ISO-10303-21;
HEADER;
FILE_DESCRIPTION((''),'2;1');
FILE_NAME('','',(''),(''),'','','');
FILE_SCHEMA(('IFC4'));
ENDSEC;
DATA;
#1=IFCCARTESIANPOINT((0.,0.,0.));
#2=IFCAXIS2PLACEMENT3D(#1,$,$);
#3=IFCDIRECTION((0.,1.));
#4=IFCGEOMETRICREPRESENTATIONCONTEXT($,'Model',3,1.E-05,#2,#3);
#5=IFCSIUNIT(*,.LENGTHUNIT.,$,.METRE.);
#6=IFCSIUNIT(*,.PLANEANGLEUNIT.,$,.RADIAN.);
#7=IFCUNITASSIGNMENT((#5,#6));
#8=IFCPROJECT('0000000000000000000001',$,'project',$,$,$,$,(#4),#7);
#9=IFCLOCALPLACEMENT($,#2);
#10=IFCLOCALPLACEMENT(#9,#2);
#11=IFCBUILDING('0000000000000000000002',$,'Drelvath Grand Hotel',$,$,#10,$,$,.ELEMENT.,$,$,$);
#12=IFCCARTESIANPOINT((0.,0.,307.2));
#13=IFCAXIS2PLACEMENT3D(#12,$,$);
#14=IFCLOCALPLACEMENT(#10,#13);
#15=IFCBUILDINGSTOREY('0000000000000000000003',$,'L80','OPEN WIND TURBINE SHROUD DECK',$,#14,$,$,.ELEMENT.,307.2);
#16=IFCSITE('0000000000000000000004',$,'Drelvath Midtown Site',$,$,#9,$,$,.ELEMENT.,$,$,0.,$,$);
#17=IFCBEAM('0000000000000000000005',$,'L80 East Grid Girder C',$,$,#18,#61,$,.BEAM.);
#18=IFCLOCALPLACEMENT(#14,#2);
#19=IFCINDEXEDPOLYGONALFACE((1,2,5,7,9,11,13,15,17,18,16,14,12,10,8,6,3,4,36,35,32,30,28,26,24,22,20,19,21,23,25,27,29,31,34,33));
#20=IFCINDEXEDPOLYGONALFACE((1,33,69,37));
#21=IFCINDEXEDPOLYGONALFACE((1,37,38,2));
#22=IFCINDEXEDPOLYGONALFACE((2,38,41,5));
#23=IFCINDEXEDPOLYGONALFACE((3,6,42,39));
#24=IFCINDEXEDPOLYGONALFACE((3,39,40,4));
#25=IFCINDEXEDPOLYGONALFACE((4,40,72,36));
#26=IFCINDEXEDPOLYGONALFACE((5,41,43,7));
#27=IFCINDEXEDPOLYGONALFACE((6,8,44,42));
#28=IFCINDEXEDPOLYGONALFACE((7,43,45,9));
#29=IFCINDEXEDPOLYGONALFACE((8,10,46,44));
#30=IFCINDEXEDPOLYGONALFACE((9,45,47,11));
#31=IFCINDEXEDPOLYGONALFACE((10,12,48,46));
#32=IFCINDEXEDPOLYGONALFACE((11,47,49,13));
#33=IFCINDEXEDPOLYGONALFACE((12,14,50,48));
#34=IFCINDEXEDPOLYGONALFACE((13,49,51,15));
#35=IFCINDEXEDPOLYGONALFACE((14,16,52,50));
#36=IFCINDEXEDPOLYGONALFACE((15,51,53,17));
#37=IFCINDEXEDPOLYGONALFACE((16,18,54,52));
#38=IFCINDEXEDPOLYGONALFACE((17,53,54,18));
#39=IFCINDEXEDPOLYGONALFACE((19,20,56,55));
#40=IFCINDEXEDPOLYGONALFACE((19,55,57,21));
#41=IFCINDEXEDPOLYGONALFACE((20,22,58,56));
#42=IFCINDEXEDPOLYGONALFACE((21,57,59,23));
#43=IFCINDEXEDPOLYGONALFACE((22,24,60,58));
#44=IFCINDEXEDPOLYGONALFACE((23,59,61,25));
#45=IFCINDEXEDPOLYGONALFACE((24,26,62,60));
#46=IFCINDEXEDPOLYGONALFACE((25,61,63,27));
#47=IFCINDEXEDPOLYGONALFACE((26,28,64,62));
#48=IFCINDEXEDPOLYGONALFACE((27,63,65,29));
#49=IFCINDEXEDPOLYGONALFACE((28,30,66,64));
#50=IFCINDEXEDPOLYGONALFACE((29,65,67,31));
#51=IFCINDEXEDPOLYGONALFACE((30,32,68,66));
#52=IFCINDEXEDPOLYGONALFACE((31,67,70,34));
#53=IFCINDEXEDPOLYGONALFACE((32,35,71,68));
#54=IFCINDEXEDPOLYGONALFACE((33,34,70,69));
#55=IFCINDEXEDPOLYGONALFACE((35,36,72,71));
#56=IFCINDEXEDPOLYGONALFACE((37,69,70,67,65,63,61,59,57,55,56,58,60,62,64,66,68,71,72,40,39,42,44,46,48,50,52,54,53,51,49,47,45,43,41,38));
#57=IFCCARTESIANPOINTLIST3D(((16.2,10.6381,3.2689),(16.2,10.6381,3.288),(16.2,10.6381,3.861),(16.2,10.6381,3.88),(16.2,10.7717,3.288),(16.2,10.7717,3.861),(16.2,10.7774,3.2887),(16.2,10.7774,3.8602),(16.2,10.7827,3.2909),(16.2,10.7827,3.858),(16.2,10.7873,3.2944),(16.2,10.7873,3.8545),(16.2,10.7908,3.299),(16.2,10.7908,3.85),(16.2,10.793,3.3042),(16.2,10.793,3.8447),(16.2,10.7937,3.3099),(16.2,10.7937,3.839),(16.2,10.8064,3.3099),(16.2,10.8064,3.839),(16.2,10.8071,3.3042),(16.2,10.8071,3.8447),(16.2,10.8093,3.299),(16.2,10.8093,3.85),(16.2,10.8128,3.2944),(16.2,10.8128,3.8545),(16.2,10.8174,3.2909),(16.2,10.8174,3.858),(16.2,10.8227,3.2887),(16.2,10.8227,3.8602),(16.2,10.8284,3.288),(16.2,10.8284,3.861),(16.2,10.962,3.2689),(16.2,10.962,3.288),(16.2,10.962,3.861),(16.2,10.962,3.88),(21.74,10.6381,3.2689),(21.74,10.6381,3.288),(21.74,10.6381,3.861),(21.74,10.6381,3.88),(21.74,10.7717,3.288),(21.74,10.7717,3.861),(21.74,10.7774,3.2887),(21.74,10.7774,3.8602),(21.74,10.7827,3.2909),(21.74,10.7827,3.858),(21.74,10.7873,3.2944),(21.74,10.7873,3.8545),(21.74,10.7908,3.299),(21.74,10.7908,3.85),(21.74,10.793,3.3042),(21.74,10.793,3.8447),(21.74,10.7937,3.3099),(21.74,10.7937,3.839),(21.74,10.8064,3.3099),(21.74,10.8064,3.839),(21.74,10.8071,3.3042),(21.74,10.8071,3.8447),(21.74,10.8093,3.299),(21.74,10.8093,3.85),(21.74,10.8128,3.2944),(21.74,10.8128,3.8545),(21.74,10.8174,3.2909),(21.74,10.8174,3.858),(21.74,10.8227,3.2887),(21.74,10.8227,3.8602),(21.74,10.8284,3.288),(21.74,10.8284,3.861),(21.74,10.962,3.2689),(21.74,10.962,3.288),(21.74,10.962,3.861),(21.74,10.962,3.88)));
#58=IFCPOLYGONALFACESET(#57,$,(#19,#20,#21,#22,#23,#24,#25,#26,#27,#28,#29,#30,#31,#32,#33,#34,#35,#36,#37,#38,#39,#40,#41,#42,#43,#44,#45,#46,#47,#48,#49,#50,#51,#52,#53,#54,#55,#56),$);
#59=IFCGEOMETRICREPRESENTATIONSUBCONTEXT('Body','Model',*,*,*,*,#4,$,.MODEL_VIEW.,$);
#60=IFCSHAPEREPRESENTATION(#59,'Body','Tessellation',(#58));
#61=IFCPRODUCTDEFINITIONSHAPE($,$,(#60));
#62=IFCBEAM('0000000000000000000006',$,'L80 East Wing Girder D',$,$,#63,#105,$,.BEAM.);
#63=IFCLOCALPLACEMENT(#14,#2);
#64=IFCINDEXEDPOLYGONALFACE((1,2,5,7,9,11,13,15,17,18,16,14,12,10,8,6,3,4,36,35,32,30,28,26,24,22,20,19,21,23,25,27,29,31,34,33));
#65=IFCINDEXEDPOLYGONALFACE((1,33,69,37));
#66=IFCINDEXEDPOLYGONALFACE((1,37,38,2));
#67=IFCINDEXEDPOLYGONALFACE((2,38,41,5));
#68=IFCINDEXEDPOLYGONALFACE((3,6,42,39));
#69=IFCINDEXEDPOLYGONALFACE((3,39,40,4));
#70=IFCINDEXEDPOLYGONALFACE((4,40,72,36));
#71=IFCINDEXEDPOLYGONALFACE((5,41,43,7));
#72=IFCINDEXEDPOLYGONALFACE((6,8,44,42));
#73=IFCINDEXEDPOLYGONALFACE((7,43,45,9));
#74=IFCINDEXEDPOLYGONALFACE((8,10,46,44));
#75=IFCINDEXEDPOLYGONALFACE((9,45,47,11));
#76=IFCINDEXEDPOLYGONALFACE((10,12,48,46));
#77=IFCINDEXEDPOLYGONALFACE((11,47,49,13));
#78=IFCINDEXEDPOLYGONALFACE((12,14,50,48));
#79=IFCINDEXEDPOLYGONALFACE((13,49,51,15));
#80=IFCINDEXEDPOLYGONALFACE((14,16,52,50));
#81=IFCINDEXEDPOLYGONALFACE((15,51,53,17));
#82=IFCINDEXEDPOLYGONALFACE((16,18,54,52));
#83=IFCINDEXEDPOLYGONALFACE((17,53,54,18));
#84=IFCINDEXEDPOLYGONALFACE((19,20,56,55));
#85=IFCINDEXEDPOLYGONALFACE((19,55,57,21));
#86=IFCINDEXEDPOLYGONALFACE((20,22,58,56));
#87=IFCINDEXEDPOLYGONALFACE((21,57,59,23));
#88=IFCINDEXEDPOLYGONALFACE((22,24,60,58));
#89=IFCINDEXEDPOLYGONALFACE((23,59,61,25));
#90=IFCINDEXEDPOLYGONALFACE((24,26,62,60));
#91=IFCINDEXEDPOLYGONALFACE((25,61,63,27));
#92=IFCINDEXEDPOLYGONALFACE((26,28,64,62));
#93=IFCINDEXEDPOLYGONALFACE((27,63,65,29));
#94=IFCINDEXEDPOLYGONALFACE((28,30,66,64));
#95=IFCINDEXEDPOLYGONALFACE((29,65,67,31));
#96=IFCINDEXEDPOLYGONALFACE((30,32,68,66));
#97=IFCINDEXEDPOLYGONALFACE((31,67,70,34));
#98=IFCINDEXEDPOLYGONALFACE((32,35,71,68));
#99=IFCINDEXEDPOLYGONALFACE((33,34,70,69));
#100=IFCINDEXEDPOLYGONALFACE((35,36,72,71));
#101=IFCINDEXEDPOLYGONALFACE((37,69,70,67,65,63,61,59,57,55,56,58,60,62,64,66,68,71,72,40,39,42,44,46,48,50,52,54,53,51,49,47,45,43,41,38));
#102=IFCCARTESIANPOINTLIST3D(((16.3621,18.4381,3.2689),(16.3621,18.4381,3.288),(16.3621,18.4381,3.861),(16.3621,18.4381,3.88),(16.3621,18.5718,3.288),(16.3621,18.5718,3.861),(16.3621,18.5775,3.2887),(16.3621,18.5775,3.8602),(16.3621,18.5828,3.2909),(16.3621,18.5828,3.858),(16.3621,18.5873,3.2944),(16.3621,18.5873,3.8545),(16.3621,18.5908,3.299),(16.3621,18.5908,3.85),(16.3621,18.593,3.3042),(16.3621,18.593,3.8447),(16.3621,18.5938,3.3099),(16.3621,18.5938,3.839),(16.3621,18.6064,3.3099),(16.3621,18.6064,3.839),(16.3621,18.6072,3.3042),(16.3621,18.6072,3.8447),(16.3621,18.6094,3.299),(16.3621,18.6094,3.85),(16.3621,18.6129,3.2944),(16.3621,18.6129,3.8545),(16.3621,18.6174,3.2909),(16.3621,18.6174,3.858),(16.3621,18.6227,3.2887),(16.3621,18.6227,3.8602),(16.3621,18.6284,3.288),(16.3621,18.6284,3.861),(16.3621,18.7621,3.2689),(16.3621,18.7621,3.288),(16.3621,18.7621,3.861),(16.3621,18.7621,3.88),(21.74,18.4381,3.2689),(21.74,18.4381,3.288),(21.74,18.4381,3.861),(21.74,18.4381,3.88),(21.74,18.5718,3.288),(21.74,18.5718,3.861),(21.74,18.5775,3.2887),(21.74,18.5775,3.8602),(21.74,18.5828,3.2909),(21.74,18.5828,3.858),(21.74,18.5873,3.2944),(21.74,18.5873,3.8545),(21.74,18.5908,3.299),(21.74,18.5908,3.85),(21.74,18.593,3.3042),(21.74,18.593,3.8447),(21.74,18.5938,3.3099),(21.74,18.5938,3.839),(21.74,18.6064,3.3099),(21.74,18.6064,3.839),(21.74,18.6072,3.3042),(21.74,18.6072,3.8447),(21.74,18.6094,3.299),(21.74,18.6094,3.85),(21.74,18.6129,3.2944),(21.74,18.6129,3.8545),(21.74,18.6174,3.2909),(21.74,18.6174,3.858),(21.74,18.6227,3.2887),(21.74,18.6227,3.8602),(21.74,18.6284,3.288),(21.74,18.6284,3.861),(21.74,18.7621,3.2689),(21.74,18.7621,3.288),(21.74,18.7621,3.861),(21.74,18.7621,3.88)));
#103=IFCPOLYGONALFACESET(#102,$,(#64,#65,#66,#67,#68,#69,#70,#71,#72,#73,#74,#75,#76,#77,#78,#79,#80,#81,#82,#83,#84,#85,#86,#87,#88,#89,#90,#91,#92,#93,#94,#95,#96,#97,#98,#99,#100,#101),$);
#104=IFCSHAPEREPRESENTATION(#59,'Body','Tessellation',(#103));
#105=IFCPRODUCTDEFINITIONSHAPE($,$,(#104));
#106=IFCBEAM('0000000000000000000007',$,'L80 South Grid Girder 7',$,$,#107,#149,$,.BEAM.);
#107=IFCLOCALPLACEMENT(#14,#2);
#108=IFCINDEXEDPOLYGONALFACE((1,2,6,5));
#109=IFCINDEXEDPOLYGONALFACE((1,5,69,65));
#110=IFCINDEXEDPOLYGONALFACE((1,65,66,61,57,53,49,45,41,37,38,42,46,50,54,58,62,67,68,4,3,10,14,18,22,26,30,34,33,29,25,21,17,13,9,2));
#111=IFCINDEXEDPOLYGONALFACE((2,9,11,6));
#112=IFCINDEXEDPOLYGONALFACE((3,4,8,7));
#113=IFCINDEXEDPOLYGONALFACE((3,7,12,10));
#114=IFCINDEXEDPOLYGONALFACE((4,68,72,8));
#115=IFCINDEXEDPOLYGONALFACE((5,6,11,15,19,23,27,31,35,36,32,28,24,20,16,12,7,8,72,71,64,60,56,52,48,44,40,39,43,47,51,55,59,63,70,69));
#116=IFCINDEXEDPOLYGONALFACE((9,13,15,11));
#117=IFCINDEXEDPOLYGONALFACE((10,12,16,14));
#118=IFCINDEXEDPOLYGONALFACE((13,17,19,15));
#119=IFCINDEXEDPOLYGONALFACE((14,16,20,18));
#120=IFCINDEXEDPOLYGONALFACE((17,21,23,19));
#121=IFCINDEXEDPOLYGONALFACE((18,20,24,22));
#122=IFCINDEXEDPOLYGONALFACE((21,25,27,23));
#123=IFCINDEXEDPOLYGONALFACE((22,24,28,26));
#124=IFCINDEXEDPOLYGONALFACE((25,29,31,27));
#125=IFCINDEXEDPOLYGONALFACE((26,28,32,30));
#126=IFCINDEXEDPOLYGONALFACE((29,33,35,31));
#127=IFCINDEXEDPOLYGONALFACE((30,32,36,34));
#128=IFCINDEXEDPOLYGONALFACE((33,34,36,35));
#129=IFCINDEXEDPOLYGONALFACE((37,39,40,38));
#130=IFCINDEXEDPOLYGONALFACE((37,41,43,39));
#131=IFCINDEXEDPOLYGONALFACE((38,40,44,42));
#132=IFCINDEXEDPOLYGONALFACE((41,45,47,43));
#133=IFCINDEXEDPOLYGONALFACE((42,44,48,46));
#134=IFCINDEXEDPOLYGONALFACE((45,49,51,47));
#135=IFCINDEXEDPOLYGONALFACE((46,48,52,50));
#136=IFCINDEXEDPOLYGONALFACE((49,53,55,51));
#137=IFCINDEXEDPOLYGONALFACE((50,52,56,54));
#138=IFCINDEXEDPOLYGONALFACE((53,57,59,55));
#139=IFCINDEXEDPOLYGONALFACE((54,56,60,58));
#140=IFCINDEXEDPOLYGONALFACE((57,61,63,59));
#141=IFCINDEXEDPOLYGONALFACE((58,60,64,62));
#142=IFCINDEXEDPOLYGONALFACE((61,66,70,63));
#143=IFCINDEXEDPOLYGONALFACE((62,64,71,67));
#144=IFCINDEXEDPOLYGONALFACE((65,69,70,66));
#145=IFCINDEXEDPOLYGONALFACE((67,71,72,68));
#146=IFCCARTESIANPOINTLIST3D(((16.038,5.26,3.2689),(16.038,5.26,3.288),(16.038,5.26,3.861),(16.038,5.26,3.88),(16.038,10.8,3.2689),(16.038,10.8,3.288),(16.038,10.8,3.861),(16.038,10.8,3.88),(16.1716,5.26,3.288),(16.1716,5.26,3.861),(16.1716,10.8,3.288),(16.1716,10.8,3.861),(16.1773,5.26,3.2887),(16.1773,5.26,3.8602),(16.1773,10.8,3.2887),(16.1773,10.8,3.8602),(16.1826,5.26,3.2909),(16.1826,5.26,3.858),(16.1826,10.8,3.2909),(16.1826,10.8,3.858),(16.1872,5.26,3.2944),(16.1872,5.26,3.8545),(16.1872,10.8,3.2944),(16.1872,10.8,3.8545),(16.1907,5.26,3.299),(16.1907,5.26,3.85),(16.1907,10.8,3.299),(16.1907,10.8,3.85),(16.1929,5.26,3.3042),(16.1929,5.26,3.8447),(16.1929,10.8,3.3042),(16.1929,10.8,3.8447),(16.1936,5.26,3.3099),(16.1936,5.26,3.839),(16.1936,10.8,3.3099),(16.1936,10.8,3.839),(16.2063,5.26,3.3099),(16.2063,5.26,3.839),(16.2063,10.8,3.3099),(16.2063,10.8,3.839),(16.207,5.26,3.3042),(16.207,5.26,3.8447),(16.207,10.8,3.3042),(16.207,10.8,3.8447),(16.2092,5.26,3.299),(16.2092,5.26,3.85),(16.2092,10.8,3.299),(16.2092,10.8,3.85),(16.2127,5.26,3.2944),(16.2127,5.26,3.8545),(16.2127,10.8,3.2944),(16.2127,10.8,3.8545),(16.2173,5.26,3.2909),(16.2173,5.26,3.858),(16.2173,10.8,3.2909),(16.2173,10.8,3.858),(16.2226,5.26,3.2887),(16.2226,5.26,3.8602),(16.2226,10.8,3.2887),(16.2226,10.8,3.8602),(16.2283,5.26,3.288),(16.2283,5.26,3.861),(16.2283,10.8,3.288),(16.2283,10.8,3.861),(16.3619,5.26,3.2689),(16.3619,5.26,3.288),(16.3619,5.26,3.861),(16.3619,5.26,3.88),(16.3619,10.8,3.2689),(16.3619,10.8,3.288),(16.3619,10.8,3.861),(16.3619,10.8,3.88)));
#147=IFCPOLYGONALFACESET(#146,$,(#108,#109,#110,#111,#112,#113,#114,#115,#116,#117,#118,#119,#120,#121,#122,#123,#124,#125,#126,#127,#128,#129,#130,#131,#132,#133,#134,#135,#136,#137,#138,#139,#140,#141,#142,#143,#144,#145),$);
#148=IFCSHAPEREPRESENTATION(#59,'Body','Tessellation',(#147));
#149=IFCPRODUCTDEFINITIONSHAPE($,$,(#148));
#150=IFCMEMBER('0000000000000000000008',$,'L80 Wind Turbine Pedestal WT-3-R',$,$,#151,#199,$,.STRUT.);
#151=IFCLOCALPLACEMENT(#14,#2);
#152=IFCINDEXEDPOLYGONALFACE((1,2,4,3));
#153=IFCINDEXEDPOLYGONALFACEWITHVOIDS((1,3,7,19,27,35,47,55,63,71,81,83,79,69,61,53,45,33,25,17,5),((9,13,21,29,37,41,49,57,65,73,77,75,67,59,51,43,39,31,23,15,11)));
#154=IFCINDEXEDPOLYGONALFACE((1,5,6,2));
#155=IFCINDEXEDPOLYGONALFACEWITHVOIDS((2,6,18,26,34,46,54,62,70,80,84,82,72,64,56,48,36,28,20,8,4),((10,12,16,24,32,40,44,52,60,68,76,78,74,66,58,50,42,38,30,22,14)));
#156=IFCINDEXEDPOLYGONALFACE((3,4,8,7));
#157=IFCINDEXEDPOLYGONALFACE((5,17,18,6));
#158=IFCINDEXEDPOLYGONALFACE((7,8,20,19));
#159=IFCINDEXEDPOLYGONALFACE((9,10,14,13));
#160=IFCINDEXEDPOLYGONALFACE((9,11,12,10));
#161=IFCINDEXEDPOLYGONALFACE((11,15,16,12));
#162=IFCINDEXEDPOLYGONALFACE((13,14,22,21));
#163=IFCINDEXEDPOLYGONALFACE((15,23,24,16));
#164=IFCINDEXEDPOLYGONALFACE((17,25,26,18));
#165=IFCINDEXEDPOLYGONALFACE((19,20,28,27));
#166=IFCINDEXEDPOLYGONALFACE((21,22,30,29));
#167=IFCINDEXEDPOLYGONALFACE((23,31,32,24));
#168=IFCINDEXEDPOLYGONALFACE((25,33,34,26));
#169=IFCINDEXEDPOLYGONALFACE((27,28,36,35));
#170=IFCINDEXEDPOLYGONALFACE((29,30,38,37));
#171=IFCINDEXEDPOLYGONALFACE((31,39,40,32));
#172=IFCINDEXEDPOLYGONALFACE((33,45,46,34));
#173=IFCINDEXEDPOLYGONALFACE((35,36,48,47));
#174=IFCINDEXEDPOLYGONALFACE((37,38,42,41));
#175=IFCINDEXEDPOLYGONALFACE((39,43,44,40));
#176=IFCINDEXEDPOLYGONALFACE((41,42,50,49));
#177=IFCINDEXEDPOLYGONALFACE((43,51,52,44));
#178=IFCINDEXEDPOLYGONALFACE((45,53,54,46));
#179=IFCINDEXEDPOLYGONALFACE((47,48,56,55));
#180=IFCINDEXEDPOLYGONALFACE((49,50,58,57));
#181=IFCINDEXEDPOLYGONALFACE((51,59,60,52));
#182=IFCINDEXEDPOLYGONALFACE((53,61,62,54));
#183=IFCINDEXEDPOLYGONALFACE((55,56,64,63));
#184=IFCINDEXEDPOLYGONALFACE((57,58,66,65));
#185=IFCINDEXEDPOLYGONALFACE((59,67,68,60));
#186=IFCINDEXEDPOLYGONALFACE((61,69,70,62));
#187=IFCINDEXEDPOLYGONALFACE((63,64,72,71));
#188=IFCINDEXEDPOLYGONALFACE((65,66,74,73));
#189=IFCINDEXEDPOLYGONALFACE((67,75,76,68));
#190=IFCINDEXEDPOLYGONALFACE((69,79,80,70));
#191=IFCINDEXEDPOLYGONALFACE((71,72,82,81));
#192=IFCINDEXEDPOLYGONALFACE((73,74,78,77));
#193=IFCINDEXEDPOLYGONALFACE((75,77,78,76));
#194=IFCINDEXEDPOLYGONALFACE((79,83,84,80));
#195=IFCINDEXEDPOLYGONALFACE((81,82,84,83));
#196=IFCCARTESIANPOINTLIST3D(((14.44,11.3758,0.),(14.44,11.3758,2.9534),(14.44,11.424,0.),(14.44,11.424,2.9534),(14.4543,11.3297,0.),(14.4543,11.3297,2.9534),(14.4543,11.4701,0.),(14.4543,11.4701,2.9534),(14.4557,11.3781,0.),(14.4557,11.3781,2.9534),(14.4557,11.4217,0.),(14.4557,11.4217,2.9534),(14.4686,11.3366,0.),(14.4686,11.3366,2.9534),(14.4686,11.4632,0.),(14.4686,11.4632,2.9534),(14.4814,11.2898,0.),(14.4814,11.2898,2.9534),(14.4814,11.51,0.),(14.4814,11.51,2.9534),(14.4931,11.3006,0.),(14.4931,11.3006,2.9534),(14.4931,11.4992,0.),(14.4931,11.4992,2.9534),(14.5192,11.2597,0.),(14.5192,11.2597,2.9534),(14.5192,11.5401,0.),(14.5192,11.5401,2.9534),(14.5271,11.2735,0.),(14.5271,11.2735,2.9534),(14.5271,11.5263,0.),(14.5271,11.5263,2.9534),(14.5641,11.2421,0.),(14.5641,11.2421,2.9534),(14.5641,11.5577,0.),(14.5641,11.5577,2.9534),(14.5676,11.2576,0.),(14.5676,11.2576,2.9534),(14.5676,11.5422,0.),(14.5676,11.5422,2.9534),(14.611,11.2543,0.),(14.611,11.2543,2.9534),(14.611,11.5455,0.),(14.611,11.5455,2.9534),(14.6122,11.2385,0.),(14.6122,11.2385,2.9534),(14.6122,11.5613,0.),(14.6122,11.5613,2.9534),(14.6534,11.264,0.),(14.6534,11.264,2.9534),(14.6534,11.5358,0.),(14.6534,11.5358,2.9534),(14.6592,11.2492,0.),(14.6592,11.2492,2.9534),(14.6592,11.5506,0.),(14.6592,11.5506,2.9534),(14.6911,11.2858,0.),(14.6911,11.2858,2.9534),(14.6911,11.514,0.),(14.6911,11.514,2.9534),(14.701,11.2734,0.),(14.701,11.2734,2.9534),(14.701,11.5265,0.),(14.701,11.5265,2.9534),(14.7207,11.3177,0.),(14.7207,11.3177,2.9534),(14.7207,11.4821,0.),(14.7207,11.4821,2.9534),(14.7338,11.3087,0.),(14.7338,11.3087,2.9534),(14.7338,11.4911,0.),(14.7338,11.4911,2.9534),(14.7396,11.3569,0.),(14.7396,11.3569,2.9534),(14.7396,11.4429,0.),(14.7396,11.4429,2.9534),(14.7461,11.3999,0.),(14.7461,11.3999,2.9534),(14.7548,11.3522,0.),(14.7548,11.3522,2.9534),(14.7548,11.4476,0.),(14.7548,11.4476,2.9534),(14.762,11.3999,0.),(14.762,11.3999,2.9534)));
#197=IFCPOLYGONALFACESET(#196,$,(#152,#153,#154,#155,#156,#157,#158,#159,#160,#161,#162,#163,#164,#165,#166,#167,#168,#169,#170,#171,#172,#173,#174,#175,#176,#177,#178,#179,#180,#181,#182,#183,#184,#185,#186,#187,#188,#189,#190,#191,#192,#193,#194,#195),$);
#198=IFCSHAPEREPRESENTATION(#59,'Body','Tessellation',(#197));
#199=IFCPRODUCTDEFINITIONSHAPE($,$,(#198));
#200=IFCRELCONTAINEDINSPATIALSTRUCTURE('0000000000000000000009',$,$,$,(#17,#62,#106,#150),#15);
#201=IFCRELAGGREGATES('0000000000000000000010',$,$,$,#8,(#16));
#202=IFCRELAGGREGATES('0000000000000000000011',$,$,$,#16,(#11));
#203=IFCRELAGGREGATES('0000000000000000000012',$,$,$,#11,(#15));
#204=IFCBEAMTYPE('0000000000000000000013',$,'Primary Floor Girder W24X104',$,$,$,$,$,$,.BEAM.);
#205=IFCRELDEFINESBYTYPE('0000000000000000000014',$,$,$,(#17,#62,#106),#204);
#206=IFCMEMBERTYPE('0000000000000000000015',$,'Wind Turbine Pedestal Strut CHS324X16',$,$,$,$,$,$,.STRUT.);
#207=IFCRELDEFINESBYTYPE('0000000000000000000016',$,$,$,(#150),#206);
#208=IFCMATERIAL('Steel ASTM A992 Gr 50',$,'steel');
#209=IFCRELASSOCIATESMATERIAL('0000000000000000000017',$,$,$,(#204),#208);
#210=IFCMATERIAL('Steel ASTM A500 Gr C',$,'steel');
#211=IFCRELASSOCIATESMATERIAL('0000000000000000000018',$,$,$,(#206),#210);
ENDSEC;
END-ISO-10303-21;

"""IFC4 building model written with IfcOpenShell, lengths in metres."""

from ifc_helpers import new_model, si_unit, direction, frame, origin, origin_2d, place, context, subcontext, project, spatial, hollow_circle, i_section, extrude, material, material_profile, profile_set, type_object, element, save


model = new_model("IFC4")

# Units and contexts
model_context = context("Model", 3, precision=1e-05, world=origin(), true_north=direction((0.0, 1.0)))
body_context = subcontext(model_context, "Body", "Model", "MODEL_VIEW")
ifc_project = project(units=[si_unit("LENGTHUNIT", "METRE"), si_unit("PLANEANGLEUNIT", "RADIAN")], contexts=[model_context])

# Site, building, storey
site_placement = place(None, origin())
site = spatial("IfcSite", under=ifc_project, at=site_placement, Name="Drelvath Midtown Site", CompositionType="ELEMENT", RefElevation=0.0)
building_placement = place(site_placement, origin())
building = spatial("IfcBuilding", under=site, at=building_placement, Name="Drelvath Grand Hotel", CompositionType="ELEMENT")
storey_placement = place(building_placement, frame((0.0, 0.0, 307.2)))
storey = spatial("IfcBuildingStorey", under=building, at=storey_placement, Name="L80", Description="OPEN WIND TURBINE SHROUD DECK", CompositionType="ELEMENT", Elevation=307.2)

# Beams
ifc_material_1 = material(Name="Steel ASTM A992 Gr 50", Category="steel")
ifc_material_profile_1 = material_profile(ifc_material_1, i_section(OverallWidth=0.324, OverallDepth=0.6111, WebThickness=0.0127, FlangeThickness=0.019, FilletRadius=0.022, at=origin_2d()), Name="W24X104")
ifc_profile_set_1 = profile_set([ifc_material_profile_1], Name="Steel ASTM A992 Gr 50")
beam_type_1 = type_object("IfcBeamType", Name="Primary Floor Girder W24X104", PredefinedType="BEAM", material=ifc_profile_set_1)
beam_1_placement = place(storey_placement, frame((16.2, 10.8, 3.5745), z_axis=(1.0, 0.0, 0.0), x_axis=(0.0, 1.0, 0.0)))
element("IfcBeam", 1, at=beam_1_placement, inside=storey, type_object=beam_type_1, Name="L80 East Grid Girder C", PredefinedType="BEAM", context=body_context, shape_type="SweptSolid", body=[
    extrude(i_section(OverallWidth=0.324, OverallDepth=0.6111, WebThickness=0.0127, FlangeThickness=0.019, FilletRadius=0.022, at=origin_2d()), origin(), (0.0, 0.0, 1.0), 5.54),
])
beam_2_placement = place(storey_placement, frame((16.3621, 18.6001, 3.5745), z_axis=(1.0, 0.0, 0.0), x_axis=(0.0, 1.0, 0.0)))
element("IfcBeam", 2, at=beam_2_placement, inside=storey, type_object=beam_type_1, Name="L80 East Wing Girder D", PredefinedType="BEAM", context=body_context, shape_type="SweptSolid", body=[
    extrude(i_section(OverallWidth=0.324, OverallDepth=0.6111, WebThickness=0.0127, FlangeThickness=0.019, FilletRadius=0.022, at=origin_2d()), origin(), (0.0, 0.0, 1.0), 5.3779),
])
beam_3_placement = place(storey_placement, frame((16.2, 5.26, 3.5745), z_axis=(0.0, 1.0, 0.0), x_axis=(-1.0, 0.0, 0.0)))
element("IfcBeam", 3, at=beam_3_placement, inside=storey, type_object=beam_type_1, Name="L80 South Grid Girder 7", PredefinedType="BEAM", context=body_context, shape_type="SweptSolid", body=[
    extrude(i_section(OverallWidth=0.324, OverallDepth=0.6111, WebThickness=0.0127, FlangeThickness=0.019, FilletRadius=0.022, at=origin_2d()), origin(), (0.0, 0.0, 1.0), 5.54),
])

# Member
ifc_material_2 = material(Name="Steel ASTM A500 Gr C", Category="steel")
ifc_material_profile_2 = material_profile(ifc_material_2, hollow_circle(Radius=0.1619, WallThickness=0.0159, at=origin_2d()), Name="CHS324X16")
ifc_profile_set_2 = profile_set([ifc_material_profile_2], Name="Steel ASTM A500 Gr C")
member_type = type_object("IfcMemberType", Name="Wind Turbine Pedestal Strut CHS324X16", PredefinedType="STRUT", material=ifc_profile_set_2)
member_placement = place(storey_placement, frame((14.6001, 11.3999, 0.0), z_axis=(0.0, 0.0, 1.0), x_axis=(1.0, 0.0, 0.0)))
element("IfcMember", 4, at=member_placement, inside=storey, type_object=member_type, Name="L80 Wind Turbine Pedestal WT-3-R", PredefinedType="STRUT", context=body_context, shape_type="SweptSolid", body=[
    extrude(hollow_circle(Radius=0.1619, WallThickness=0.0159, at=origin_2d()), origin(), (0.0, 0.0, 1.0), 2.9534),
])

save(model, "model.ifc")
